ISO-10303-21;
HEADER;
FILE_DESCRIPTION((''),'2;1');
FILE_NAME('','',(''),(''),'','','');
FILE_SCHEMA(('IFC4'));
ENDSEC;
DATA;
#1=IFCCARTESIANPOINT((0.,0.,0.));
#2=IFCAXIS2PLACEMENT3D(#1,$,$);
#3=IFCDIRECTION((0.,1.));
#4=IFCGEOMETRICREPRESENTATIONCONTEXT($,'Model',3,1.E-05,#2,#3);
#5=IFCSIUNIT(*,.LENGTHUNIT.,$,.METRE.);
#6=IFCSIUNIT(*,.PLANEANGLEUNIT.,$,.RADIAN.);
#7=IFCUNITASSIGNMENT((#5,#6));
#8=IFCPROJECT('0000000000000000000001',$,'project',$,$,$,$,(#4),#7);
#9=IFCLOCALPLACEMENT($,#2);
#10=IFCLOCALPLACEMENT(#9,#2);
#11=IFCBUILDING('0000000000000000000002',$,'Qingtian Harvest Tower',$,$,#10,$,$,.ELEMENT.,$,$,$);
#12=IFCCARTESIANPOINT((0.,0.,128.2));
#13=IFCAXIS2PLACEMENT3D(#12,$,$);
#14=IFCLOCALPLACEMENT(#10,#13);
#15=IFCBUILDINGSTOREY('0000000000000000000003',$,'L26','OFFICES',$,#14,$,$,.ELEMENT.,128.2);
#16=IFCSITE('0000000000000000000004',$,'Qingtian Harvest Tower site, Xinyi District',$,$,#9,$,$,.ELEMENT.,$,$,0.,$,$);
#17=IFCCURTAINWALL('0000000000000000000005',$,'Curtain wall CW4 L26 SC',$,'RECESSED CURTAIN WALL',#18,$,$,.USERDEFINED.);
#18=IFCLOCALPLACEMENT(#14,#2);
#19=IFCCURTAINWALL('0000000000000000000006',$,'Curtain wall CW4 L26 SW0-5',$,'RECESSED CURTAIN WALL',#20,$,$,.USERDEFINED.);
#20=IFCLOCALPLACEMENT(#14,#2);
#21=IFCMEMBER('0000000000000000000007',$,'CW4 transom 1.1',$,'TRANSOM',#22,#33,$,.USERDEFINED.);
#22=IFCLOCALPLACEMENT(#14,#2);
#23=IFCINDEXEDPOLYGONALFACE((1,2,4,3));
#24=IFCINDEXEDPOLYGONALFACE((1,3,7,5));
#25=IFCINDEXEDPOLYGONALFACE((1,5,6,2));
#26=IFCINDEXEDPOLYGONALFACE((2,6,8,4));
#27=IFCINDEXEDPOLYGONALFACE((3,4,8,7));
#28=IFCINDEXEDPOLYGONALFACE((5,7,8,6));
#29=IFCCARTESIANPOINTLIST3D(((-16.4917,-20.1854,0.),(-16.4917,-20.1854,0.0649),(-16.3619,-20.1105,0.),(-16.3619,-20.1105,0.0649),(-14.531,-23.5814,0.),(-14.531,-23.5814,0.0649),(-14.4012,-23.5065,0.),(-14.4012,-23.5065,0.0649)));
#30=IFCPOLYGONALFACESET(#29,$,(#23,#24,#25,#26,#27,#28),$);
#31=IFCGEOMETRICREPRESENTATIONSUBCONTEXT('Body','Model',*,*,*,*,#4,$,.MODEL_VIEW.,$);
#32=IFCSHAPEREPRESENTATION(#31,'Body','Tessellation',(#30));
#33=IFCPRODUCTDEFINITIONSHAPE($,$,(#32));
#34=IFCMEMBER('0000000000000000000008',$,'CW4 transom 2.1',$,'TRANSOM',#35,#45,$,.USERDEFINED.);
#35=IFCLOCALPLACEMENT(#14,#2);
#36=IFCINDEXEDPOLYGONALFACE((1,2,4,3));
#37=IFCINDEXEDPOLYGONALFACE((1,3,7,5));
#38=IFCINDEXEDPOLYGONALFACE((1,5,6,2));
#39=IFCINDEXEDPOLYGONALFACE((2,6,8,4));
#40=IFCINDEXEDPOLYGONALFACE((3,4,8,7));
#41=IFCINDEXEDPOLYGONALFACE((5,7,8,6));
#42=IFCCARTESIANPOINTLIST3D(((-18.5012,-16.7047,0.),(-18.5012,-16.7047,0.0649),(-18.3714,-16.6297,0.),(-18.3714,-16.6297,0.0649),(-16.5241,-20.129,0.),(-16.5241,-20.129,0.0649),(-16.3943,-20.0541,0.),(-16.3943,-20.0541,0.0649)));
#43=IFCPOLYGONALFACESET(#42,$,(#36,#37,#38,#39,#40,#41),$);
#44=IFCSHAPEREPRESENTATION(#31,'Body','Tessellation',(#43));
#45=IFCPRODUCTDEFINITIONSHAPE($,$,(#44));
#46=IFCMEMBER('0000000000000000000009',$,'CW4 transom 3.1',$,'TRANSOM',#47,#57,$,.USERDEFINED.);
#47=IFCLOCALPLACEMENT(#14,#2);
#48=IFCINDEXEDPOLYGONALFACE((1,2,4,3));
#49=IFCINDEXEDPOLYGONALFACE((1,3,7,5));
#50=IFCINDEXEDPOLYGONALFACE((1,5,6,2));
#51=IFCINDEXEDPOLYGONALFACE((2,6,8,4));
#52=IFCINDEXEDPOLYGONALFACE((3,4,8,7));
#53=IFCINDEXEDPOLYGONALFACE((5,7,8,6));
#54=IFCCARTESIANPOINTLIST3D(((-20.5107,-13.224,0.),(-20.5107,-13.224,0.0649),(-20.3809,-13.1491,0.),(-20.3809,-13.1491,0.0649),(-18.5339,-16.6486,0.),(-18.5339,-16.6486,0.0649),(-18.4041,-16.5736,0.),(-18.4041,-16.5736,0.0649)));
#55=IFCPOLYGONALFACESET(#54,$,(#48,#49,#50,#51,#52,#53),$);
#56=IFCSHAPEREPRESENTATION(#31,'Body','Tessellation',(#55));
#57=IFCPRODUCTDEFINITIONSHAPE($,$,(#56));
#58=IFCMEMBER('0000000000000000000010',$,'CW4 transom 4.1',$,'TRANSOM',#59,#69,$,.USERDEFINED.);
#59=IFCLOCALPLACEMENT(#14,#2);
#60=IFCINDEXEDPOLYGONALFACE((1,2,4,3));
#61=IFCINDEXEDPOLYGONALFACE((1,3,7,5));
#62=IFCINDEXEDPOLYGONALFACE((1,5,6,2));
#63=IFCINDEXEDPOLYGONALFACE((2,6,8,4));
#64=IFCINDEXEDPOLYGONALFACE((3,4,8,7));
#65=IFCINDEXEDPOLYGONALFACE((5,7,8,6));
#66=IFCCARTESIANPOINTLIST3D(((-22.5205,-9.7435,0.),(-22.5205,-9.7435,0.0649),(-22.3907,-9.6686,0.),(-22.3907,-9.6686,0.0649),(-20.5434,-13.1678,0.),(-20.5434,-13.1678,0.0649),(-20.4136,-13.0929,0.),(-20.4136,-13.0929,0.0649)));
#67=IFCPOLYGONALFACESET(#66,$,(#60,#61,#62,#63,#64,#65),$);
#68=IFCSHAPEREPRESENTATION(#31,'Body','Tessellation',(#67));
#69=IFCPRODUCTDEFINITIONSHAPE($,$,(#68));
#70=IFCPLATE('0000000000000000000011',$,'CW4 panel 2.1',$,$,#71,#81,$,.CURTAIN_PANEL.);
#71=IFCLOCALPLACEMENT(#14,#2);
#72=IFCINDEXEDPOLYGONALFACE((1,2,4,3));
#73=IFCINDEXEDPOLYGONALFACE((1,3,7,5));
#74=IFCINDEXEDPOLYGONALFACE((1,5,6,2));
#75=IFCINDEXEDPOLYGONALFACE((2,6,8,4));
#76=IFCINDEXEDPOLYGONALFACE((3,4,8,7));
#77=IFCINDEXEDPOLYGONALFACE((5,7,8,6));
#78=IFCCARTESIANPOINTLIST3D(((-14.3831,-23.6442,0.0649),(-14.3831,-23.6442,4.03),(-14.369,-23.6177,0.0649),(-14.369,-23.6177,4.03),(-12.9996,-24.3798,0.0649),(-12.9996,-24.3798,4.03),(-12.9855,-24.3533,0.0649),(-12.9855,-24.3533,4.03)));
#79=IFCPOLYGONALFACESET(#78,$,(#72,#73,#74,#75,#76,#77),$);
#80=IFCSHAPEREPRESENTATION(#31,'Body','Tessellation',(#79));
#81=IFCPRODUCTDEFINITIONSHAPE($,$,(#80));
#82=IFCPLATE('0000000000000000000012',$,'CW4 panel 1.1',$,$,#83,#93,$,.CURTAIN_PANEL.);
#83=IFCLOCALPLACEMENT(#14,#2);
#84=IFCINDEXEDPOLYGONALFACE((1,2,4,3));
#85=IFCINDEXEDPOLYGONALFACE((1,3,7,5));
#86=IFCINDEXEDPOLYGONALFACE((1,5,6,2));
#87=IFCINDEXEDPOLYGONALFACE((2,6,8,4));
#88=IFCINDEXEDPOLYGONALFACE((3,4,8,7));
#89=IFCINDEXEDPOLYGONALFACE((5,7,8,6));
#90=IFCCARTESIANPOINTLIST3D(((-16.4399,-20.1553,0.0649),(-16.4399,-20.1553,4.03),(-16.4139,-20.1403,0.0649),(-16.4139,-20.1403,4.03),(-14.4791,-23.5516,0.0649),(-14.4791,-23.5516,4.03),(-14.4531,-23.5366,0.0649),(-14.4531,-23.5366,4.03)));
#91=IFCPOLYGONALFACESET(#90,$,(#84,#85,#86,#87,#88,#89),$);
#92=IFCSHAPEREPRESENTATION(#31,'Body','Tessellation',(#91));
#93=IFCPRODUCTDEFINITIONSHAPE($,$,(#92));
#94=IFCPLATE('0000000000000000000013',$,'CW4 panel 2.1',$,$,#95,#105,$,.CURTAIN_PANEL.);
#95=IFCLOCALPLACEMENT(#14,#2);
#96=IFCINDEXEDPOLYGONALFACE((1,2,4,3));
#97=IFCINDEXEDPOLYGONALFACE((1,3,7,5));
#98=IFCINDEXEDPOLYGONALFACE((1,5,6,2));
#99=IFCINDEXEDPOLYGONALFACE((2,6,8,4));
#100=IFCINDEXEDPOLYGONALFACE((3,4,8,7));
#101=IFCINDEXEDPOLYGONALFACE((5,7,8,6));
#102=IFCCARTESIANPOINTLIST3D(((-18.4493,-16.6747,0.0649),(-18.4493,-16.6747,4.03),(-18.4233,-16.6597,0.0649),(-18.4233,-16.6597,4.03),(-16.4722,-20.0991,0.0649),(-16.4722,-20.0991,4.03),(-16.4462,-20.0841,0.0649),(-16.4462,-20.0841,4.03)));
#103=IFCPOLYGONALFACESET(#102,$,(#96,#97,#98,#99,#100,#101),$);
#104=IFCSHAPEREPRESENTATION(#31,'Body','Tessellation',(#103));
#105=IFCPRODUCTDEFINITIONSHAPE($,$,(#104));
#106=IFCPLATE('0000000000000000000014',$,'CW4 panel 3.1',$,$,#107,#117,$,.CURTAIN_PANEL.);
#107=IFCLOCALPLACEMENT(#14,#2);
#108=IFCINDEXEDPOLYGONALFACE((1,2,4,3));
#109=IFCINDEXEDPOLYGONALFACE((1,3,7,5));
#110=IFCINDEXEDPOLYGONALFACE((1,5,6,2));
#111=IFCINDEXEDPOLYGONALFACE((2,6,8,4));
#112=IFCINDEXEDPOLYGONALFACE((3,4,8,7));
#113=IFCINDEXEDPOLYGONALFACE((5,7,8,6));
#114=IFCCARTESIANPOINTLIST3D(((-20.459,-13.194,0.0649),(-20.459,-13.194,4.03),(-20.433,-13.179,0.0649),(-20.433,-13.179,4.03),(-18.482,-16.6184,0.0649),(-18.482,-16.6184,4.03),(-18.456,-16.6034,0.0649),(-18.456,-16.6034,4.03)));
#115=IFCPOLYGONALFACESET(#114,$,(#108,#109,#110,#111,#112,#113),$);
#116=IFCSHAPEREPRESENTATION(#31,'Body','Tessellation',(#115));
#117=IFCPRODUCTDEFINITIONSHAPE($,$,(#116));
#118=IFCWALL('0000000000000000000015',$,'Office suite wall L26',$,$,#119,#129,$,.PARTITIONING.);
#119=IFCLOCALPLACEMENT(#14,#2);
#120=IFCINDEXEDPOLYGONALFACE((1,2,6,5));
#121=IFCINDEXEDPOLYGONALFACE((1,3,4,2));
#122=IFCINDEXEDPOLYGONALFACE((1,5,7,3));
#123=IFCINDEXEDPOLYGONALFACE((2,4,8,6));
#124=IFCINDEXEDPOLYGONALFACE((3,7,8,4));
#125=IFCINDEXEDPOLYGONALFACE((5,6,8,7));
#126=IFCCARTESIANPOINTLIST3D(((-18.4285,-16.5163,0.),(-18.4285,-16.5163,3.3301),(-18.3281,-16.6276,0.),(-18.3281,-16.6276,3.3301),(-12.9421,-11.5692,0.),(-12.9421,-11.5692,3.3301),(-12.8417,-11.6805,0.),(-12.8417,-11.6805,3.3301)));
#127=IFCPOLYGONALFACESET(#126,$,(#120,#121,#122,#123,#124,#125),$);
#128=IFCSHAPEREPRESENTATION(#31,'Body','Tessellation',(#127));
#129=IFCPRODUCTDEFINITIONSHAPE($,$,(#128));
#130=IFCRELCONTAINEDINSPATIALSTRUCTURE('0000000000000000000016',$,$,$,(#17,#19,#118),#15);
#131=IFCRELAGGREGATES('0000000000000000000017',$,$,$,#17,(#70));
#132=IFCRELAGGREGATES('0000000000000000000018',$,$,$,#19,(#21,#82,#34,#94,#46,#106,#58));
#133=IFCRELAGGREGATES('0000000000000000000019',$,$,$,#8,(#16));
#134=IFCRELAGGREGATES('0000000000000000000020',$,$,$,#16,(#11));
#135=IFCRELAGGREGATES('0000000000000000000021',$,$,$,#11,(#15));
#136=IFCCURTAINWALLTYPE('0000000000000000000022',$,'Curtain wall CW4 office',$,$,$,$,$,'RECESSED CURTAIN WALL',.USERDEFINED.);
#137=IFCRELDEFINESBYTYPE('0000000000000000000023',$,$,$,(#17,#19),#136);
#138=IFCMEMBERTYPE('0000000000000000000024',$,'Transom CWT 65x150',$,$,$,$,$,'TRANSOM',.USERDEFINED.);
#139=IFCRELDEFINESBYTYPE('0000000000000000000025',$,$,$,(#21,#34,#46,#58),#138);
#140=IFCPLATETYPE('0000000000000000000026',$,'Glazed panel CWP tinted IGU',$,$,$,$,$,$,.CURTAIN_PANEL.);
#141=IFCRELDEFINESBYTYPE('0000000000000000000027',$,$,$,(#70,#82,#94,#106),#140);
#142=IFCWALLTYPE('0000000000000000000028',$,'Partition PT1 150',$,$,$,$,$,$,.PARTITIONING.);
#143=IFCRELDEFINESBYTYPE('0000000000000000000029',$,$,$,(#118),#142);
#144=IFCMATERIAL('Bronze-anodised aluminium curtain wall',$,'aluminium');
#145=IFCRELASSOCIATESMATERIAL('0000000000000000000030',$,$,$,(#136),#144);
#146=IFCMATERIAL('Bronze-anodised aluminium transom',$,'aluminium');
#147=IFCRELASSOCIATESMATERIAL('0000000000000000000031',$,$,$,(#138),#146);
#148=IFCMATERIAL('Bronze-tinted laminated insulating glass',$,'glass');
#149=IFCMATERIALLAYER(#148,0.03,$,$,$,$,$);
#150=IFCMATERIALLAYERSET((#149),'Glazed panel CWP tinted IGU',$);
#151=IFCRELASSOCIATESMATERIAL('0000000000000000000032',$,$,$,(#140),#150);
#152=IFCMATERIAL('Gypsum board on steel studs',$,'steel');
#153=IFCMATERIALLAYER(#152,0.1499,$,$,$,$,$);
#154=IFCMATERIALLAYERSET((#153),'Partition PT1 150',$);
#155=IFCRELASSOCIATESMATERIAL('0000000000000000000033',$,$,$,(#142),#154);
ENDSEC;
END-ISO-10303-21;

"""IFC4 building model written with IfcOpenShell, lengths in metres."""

from ifc_helpers import new_model, si_unit, direction, frame, frame_2d, origin, origin_2d, place, context, subcontext, project, spatial, rectangle, extrude, material, layer, layer_set, material_profile, profile_set, type_object, element, aggregate, save


model = new_model("IFC4")

# Units and contexts
model_context = context("Model", 3, precision=1e-05, world=origin(), true_north=direction((0.0, 1.0)))
body_context = subcontext(model_context, "Body", "Model", "MODEL_VIEW")
ifc_project = project(units=[si_unit("LENGTHUNIT", "METRE"), si_unit("PLANEANGLEUNIT", "RADIAN")], contexts=[model_context])

# Site, building, storey
site_placement = place(None, origin())
site = spatial("IfcSite", under=ifc_project, at=site_placement, Name="Qingtian Harvest Tower site, Xinyi District", CompositionType="ELEMENT", RefElevation=0.0)
building_placement = place(site_placement, origin())
building = spatial("IfcBuilding", under=site, at=building_placement, Name="Qingtian Harvest Tower", CompositionType="ELEMENT")
storey_placement = place(building_placement, frame((0.0, 0.0, 128.2)))
storey = spatial("IfcBuildingStorey", under=building, at=storey_placement, Name="L26", Description="OFFICES", CompositionType="ELEMENT", Elevation=128.2)

# Curtain wall
ifc_material_1 = material(Name="Bronze-anodised aluminium curtain wall", Category="aluminium")
curtain_wall_type = type_object("IfcCurtainWallType", Name="Curtain wall CW4 office", ElementType="RECESSED CURTAIN WALL", PredefinedType="USERDEFINED", material=ifc_material_1)
curtain_wall_1_placement = place(storey_placement, origin())
curtain_wall_1 = element("IfcCurtainWall", 1, at=curtain_wall_1_placement, inside=storey, type_object=curtain_wall_type, Name="Curtain wall CW4 L26 SC", ObjectType="RECESSED CURTAIN WALL", PredefinedType="USERDEFINED")

# Curtain wall
curtain_wall_2_placement = place(storey_placement, origin())
curtain_wall_2 = element("IfcCurtainWall", 2, at=curtain_wall_2_placement, inside=storey, type_object=curtain_wall_type, Name="Curtain wall CW4 L26 SW0-5", ObjectType="RECESSED CURTAIN WALL", PredefinedType="USERDEFINED")

# Members
ifc_material_2 = material(Name="Bronze-anodised aluminium transom", Category="aluminium")
ifc_material_profile_1 = material_profile(ifc_material_2, rectangle(XDim=0.1499, YDim=0.0649, at=origin_2d()), Name="AL 65x150")
ifc_profile_set_1 = profile_set([ifc_material_profile_1], Name="Bronze-anodised aluminium transom")
member_type_1 = type_object("IfcMemberType", Name="Transom CWT 65x150", ElementType="TRANSOM", PredefinedType="USERDEFINED", material=ifc_profile_set_1)
member_1_placement = place(storey_placement, frame((-14.4661, -23.5439, 0.0325), z_axis=(-0.500003, 0.866024, 0.0), x_axis=(-0.866024, -0.500003, 0.0)))
member_1 = element("IfcMember", 3, at=member_1_placement, type_object=member_type_1, Name="CW4 transom 1.1", ObjectType="TRANSOM", PredefinedType="USERDEFINED", context=body_context, shape_type="SweptSolid", body=[
    extrude(rectangle(XDim=0.1499, YDim=0.0649, at=origin_2d()), origin(), (0.0, 0.0, 1.0), 3.9214),
])
member_2_placement = place(storey_placement, frame((-16.4592, -20.0916, 0.0325), z_axis=(-0.500004, 0.866023, 0.0), x_axis=(-0.866023, -0.500004, 0.0)))
member_2 = element("IfcMember", 4, at=member_2_placement, type_object=member_type_1, Name="CW4 transom 2.1", ObjectType="TRANSOM", PredefinedType="USERDEFINED", context=body_context, shape_type="SweptSolid", body=[
    extrude(rectangle(XDim=0.1499, YDim=0.0649, at=origin_2d()), origin(), (0.0, 0.0, 1.0), 3.9541),
])
member_3_placement = place(storey_placement, frame((-18.469, -16.6111, 0.0325), z_axis=(-0.499931, 0.866065, 0.0), x_axis=(-0.866065, -0.499931, 0.0)))
member_3 = element("IfcMember", 5, at=member_3_placement, type_object=member_type_1, Name="CW4 transom 3.1", ObjectType="TRANSOM", PredefinedType="USERDEFINED", context=body_context, shape_type="SweptSolid", body=[
    extrude(rectangle(XDim=0.1499, YDim=0.0649, at=origin_2d()), origin(), (0.0, 0.0, 1.0), 3.9541),
])
member_4_placement = place(storey_placement, frame((-20.4785, -13.1304, 0.0325), z_axis=(-0.500004, 0.866023, 0.0), x_axis=(-0.866023, -0.500004, 0.0)))
member_4 = element("IfcMember", 6, at=member_4_placement, type_object=member_type_1, Name="CW4 transom 4.1", ObjectType="TRANSOM", PredefinedType="USERDEFINED", context=body_context, shape_type="SweptSolid", body=[
    extrude(rectangle(XDim=0.1499, YDim=0.0649, at=origin_2d()), origin(), (0.0, 0.0, 1.0), 3.9541),
])

# Plates
ifc_material_3 = material(Name="Bronze-tinted laminated insulating glass", Category="glass")
ifc_layer_1 = layer(ifc_material_3, 0.03)
ifc_layer_set_1 = layer_set([ifc_layer_1], Name="Glazed panel CWP tinted IGU")
plate_type = type_object("IfcPlateType", Name="Glazed panel CWP tinted IGU", PredefinedType="CURTAIN_PANEL", material=ifc_layer_set_1)
plate_1_placement = place(storey_placement, frame((-13.6843, -23.9988, 0.0649), z_axis=(0.0, 0.0, 1.0), x_axis=(-0.882948, 0.469472, 0.0)))
plate_1 = element("IfcPlate", 7, at=plate_1_placement, type_object=plate_type, Name="CW4 panel 2.1", PredefinedType="CURTAIN_PANEL", context=body_context, shape_type="SweptSolid", body=[
    extrude(rectangle(XDim=1.5669, YDim=0.03, at=origin_2d()), origin(), (0.0, 0.0, 1.0), 3.9651),
])
aggregate(curtain_wall_1, [plate_1])
plate_2_placement = place(storey_placement, frame((-15.4465, -21.8459, 0.0649), z_axis=(0.0, 0.0, 1.0), x_axis=(-0.5, 0.866025, 0.0)))
plate_2 = element("IfcPlate", 8, at=plate_2_placement, type_object=plate_type, Name="CW4 panel 1.1", PredefinedType="CURTAIN_PANEL", context=body_context, shape_type="SweptSolid", body=[
    extrude(rectangle(XDim=3.9216, YDim=0.03, at=origin_2d()), origin(), (0.0, 0.0, 1.0), 3.9651),
])
plate_3_placement = place(storey_placement, frame((-17.4478, -18.3794, 0.0649), z_axis=(0.0, 0.0, 1.0), x_axis=(-0.5, 0.866025, 0.0)))
plate_3 = element("IfcPlate", 9, at=plate_3_placement, type_object=plate_type, Name="CW4 panel 2.1", PredefinedType="CURTAIN_PANEL", context=body_context, shape_type="SweptSolid", body=[
    extrude(rectangle(XDim=3.9541, YDim=0.03, at=origin_2d()), origin(), (0.0, 0.0, 1.0), 3.9651),
])
plate_4_placement = place(storey_placement, frame((-19.4575, -14.8987, 0.0649), z_axis=(0.0, 0.0, 1.0), x_axis=(-0.5, 0.866025, 0.0)))
plate_4 = element("IfcPlate", 10, at=plate_4_placement, type_object=plate_type, Name="CW4 panel 3.1", PredefinedType="CURTAIN_PANEL", context=body_context, shape_type="SweptSolid", body=[
    extrude(rectangle(XDim=3.9541, YDim=0.03, at=origin_2d()), origin(), (0.0, 0.0, 1.0), 3.9651),
])
aggregate(curtain_wall_2, [member_1, plate_2, member_2, plate_3, member_3, plate_4, member_4])

# Wall
ifc_material_4 = material(Name="Gypsum board on steel studs", Category="steel")
ifc_layer_2 = layer(ifc_material_4, 0.1499)
ifc_layer_set_2 = layer_set([ifc_layer_2], Name="Partition PT1 150")
wall_type = type_object("IfcWallType", Name="Partition PT1 150", PredefinedType="PARTITIONING", material=ifc_layer_set_2)
wall_placement = place(storey_placement, frame((-18.3784, -16.572, 0.0), z_axis=(0.0, 0.0, 1.0), x_axis=(0.742666, 0.669662, 0.0)))
element("IfcWall", 11, at=wall_placement, inside=storey, type_object=wall_type, Name="Office suite wall L26", PredefinedType="PARTITIONING", context=body_context, shape_type="SweptSolid", body=[
    extrude(rectangle(XDim=7.3875, YDim=0.1499, at=frame_2d((3.6938, 0.0))), origin(), (0.0, 0.0, 1.0), 3.3301),
])

save(model, "model.ifc")
